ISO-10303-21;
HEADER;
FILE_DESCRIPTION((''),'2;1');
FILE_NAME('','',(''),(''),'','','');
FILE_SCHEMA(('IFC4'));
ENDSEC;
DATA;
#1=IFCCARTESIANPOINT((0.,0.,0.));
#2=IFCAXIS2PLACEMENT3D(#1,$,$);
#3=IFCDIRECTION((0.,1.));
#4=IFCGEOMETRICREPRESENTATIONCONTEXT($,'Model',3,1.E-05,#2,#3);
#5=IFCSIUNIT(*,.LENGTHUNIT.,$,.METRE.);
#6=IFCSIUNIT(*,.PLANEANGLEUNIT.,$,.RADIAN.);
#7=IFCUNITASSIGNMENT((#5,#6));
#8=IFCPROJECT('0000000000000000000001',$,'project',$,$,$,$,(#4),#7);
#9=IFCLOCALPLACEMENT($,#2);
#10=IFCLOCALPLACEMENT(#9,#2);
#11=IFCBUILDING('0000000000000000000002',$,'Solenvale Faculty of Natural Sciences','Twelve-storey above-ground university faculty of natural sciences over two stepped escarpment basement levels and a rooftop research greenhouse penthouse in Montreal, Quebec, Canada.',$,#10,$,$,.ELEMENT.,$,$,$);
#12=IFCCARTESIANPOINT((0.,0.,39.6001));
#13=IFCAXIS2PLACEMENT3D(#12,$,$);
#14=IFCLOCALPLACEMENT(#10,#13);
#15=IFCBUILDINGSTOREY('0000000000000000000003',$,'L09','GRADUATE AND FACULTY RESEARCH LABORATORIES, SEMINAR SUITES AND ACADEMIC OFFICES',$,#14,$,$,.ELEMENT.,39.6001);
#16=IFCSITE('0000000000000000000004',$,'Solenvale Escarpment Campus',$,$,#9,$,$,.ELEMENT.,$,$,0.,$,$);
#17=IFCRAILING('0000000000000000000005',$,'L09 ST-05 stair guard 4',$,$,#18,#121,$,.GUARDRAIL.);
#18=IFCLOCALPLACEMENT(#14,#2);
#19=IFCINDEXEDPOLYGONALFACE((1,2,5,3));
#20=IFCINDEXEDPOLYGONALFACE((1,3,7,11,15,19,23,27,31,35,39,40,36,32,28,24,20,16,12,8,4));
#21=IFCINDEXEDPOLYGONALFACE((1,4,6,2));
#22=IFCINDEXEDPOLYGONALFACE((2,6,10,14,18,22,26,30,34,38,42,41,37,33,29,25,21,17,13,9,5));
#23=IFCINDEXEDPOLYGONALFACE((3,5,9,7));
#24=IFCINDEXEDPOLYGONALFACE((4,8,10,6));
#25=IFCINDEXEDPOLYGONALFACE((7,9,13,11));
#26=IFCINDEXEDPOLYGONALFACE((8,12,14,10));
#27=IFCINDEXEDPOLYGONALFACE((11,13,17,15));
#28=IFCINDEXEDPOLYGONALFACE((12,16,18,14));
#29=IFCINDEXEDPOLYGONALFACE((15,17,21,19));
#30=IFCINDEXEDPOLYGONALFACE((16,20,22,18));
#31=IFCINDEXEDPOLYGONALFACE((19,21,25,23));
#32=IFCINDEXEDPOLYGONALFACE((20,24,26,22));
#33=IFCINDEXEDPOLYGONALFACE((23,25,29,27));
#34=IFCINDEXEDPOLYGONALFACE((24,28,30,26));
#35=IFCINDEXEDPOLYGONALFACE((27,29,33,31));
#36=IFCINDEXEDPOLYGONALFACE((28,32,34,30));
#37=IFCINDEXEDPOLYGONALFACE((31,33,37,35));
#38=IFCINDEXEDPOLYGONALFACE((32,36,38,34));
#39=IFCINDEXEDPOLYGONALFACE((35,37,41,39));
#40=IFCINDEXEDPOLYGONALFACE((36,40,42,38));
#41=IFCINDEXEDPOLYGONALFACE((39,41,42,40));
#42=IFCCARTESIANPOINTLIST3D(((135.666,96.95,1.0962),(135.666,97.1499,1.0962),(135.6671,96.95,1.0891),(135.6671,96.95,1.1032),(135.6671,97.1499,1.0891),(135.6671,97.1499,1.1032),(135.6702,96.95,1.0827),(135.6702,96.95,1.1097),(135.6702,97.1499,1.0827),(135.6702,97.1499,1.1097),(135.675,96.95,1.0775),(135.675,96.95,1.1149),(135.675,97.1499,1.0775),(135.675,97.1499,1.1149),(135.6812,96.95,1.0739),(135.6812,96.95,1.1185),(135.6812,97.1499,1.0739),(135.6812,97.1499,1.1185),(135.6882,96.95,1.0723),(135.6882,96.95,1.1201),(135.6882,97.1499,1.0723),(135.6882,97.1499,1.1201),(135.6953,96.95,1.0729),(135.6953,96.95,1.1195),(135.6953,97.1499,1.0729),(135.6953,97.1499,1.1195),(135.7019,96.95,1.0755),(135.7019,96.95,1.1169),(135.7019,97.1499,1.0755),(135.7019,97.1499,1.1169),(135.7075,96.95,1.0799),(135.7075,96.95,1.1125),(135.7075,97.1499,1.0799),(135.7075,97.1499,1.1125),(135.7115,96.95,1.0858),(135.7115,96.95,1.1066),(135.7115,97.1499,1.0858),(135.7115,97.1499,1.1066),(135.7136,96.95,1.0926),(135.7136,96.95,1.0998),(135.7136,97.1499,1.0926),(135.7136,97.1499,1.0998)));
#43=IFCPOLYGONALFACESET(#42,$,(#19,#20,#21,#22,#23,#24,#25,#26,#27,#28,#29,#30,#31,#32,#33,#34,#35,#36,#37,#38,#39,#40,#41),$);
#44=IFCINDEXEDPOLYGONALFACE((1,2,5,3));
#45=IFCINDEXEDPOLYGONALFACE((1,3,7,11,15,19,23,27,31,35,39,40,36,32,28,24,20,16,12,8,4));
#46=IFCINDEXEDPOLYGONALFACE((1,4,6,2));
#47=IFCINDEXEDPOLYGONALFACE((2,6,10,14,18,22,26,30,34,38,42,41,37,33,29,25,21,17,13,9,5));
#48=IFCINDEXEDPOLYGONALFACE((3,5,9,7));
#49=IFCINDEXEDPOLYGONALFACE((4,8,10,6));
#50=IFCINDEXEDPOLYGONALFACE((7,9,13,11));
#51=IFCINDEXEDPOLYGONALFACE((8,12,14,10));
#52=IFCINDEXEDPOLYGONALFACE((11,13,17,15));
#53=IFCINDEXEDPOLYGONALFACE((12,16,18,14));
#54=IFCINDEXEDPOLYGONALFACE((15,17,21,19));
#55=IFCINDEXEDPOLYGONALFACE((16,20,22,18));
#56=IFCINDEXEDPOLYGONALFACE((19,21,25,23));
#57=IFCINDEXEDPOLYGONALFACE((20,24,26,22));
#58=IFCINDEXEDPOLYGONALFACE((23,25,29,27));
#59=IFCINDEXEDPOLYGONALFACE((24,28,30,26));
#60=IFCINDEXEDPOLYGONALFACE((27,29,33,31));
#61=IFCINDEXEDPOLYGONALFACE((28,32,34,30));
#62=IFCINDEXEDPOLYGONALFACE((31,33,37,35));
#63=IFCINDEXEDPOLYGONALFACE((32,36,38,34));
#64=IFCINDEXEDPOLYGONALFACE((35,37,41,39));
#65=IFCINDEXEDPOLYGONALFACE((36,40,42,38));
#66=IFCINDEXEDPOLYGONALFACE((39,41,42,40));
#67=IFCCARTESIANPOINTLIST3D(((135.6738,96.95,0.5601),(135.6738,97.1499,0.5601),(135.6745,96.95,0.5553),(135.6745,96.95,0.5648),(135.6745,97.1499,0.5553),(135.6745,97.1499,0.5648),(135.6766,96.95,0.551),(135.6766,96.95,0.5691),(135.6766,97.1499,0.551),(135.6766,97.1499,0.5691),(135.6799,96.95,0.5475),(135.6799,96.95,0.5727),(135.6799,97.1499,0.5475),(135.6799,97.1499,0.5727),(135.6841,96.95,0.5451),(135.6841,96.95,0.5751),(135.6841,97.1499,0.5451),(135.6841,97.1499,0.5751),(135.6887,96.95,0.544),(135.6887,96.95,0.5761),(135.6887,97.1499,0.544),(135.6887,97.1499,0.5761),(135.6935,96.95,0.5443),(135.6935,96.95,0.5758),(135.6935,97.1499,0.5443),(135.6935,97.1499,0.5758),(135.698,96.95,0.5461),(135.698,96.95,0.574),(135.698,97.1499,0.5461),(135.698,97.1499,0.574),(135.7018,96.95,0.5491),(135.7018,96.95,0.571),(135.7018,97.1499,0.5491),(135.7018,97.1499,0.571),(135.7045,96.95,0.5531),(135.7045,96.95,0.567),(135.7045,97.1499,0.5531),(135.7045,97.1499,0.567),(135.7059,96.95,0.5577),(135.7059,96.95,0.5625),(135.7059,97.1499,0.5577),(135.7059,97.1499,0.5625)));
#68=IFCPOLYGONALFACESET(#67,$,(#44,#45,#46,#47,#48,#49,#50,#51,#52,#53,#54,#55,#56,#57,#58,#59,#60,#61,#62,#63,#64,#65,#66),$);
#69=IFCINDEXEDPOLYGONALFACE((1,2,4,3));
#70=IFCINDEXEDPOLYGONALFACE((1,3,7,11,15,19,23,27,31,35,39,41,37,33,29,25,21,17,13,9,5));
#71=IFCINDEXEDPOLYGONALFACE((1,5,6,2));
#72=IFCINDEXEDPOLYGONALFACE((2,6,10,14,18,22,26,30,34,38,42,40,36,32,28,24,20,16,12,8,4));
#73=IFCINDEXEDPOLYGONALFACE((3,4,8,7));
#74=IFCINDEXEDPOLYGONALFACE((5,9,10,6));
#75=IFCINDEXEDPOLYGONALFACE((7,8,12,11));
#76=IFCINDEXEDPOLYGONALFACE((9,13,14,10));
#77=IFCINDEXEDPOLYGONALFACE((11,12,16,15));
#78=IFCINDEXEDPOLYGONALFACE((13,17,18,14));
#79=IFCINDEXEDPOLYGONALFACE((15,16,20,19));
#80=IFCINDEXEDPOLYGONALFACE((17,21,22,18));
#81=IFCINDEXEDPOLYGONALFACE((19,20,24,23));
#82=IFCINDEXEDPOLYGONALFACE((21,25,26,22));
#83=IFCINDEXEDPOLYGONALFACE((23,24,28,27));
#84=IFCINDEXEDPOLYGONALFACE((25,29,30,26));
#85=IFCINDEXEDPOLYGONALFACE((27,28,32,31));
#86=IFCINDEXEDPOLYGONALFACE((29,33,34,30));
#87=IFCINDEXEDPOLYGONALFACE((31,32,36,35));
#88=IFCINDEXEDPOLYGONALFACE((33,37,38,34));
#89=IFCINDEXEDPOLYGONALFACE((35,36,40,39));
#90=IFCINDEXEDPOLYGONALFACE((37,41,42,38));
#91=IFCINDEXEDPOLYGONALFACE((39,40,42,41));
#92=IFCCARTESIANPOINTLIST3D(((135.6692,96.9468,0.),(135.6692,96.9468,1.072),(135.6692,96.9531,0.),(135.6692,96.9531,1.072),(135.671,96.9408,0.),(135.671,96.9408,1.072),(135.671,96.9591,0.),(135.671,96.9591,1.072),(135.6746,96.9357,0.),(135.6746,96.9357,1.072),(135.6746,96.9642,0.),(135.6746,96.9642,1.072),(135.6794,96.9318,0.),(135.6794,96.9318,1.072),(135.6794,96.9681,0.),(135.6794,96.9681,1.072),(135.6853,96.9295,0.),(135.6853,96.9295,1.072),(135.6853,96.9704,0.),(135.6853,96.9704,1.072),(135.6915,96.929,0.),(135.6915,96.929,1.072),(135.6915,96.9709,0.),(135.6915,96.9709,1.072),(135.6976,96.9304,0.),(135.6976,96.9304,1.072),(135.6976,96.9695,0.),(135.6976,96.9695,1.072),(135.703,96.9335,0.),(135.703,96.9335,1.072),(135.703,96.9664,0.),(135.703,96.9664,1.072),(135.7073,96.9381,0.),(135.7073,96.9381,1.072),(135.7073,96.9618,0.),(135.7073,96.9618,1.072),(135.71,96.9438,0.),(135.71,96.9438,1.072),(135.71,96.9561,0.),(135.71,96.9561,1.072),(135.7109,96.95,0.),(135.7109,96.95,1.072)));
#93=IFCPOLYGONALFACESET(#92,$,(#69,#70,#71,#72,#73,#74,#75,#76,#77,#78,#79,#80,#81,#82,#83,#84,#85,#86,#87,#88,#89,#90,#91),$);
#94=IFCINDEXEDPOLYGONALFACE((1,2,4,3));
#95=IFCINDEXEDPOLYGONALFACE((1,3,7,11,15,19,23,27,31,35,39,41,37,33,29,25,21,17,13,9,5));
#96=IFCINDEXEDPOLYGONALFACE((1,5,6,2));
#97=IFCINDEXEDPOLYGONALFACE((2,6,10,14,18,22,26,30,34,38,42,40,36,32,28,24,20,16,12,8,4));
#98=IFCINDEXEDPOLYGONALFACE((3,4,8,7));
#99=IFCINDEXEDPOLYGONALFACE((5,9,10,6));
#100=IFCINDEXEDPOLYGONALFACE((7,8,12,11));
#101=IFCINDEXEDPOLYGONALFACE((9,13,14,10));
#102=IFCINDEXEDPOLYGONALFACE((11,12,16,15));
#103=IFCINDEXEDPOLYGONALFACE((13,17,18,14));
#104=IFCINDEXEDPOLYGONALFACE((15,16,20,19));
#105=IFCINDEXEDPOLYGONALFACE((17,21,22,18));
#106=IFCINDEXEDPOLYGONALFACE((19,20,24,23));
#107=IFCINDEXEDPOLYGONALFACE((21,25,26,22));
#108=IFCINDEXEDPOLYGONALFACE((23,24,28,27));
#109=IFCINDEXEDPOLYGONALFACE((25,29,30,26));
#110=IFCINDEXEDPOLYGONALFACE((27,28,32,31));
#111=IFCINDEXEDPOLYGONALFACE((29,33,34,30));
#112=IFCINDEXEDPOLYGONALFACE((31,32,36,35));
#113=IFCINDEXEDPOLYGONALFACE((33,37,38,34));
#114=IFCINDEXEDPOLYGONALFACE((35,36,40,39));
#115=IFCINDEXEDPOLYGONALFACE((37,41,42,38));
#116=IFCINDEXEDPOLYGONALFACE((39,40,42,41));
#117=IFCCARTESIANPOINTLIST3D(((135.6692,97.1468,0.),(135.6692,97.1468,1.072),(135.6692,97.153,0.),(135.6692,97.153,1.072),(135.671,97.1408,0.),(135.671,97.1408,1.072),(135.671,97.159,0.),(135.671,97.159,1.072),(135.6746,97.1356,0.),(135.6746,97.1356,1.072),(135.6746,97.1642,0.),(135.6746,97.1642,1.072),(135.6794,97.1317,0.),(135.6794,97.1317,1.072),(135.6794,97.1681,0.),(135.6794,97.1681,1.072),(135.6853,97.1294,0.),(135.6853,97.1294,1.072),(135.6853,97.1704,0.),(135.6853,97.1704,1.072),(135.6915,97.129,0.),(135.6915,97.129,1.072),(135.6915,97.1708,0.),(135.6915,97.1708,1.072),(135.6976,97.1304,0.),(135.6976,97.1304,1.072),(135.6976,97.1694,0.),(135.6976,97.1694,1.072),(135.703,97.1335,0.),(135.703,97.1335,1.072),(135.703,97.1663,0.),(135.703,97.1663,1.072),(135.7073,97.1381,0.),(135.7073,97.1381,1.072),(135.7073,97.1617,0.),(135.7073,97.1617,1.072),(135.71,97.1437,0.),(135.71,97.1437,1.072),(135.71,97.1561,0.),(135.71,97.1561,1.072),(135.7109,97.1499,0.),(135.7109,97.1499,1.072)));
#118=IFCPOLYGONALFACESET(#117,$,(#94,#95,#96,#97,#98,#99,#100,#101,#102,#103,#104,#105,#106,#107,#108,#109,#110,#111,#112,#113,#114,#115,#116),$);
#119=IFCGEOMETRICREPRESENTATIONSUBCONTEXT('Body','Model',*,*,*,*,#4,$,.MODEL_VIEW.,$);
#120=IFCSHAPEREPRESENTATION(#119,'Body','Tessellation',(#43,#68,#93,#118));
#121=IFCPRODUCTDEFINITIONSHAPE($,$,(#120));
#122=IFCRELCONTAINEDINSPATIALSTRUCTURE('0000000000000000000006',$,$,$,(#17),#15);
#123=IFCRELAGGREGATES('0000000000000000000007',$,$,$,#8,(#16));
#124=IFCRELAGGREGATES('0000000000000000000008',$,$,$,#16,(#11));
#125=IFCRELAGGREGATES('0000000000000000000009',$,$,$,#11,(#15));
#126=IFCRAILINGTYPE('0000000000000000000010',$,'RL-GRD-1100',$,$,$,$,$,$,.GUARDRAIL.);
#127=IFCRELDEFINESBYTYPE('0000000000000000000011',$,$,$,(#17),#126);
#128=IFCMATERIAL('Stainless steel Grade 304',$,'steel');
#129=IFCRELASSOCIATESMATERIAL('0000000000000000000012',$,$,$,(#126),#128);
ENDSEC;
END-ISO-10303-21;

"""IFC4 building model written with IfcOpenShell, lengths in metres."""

from ifc_helpers import new_model, si_unit, direction, frame, origin, origin_2d, place, context, subcontext, project, spatial, circle, extrude, material, type_object, element, save


model = new_model("IFC4")

# Units and contexts
model_context = context("Model", 3, precision=1e-05, world=origin(), true_north=direction((0.0, 1.0)))
body_context = subcontext(model_context, "Body", "Model", "MODEL_VIEW")
ifc_project = project(units=[si_unit("LENGTHUNIT", "METRE"), si_unit("PLANEANGLEUNIT", "RADIAN")], contexts=[model_context])

# Site, building, storey
site_placement = place(None, origin())
site = spatial("IfcSite", under=ifc_project, at=site_placement, Name="Solenvale Escarpment Campus", CompositionType="ELEMENT", RefElevation=0.0)
building_placement = place(site_placement, origin())
building = spatial("IfcBuilding", under=site, at=building_placement, Name="Solenvale Faculty of Natural Sciences", Description="Twelve-storey above-ground university faculty of natural sciences over two stepped escarpment basement levels and a rooftop research greenhouse penthouse in Montreal, Quebec, Canada.", CompositionType="ELEMENT")
storey_placement = place(building_placement, frame((0.0, 0.0, 39.6001)))
storey = spatial("IfcBuildingStorey", under=building, at=storey_placement, Name="L09", Description="GRADUATE AND FACULTY RESEARCH LABORATORIES, SEMINAR SUITES AND ACADEMIC OFFICES", CompositionType="ELEMENT", Elevation=39.6001)

# Railing
ifc_material_1 = material(Name="Stainless steel Grade 304", Category="steel")
railing_type_1 = type_object("IfcRailingType", Name="RL-GRD-1100", PredefinedType="GUARDRAIL", material=ifc_material_1)
railing_1_placement = place(storey_placement, frame((135.6899, 96.95, 0.0)))
element("IfcRailing", 1, at=railing_1_placement, inside=storey, type_object=railing_type_1, Name="L09 ST-05 stair guard 4", PredefinedType="GUARDRAIL", context=body_context, shape_type="SweptSolid", body=[
    extrude(circle(Radius=0.0239, at=origin_2d()), frame((0.0, 0.0, 1.0962), z_axis=(0.0, 1.0, 0.0), x_axis=(-1.0, 0.0, 0.0)), (0.0, 0.0, 1.0), 0.2),
    extrude(circle(Radius=0.0161, at=origin_2d()), frame((0.0, 0.0, 0.5601), z_axis=(0.0, 1.0, 0.0), x_axis=(-1.0, 0.0, 0.0)), (0.0, 0.0, 1.0), 0.2),
    extrude(circle(Radius=0.021, at=origin_2d()), origin(), (0.0, 0.0, 1.0), 1.072),
    extrude(circle(Radius=0.021, at=origin_2d()), frame((0.0, 0.2, 0.0)), (0.0, 0.0, 1.0), 1.072),
])

save(model, "model.ifc")
